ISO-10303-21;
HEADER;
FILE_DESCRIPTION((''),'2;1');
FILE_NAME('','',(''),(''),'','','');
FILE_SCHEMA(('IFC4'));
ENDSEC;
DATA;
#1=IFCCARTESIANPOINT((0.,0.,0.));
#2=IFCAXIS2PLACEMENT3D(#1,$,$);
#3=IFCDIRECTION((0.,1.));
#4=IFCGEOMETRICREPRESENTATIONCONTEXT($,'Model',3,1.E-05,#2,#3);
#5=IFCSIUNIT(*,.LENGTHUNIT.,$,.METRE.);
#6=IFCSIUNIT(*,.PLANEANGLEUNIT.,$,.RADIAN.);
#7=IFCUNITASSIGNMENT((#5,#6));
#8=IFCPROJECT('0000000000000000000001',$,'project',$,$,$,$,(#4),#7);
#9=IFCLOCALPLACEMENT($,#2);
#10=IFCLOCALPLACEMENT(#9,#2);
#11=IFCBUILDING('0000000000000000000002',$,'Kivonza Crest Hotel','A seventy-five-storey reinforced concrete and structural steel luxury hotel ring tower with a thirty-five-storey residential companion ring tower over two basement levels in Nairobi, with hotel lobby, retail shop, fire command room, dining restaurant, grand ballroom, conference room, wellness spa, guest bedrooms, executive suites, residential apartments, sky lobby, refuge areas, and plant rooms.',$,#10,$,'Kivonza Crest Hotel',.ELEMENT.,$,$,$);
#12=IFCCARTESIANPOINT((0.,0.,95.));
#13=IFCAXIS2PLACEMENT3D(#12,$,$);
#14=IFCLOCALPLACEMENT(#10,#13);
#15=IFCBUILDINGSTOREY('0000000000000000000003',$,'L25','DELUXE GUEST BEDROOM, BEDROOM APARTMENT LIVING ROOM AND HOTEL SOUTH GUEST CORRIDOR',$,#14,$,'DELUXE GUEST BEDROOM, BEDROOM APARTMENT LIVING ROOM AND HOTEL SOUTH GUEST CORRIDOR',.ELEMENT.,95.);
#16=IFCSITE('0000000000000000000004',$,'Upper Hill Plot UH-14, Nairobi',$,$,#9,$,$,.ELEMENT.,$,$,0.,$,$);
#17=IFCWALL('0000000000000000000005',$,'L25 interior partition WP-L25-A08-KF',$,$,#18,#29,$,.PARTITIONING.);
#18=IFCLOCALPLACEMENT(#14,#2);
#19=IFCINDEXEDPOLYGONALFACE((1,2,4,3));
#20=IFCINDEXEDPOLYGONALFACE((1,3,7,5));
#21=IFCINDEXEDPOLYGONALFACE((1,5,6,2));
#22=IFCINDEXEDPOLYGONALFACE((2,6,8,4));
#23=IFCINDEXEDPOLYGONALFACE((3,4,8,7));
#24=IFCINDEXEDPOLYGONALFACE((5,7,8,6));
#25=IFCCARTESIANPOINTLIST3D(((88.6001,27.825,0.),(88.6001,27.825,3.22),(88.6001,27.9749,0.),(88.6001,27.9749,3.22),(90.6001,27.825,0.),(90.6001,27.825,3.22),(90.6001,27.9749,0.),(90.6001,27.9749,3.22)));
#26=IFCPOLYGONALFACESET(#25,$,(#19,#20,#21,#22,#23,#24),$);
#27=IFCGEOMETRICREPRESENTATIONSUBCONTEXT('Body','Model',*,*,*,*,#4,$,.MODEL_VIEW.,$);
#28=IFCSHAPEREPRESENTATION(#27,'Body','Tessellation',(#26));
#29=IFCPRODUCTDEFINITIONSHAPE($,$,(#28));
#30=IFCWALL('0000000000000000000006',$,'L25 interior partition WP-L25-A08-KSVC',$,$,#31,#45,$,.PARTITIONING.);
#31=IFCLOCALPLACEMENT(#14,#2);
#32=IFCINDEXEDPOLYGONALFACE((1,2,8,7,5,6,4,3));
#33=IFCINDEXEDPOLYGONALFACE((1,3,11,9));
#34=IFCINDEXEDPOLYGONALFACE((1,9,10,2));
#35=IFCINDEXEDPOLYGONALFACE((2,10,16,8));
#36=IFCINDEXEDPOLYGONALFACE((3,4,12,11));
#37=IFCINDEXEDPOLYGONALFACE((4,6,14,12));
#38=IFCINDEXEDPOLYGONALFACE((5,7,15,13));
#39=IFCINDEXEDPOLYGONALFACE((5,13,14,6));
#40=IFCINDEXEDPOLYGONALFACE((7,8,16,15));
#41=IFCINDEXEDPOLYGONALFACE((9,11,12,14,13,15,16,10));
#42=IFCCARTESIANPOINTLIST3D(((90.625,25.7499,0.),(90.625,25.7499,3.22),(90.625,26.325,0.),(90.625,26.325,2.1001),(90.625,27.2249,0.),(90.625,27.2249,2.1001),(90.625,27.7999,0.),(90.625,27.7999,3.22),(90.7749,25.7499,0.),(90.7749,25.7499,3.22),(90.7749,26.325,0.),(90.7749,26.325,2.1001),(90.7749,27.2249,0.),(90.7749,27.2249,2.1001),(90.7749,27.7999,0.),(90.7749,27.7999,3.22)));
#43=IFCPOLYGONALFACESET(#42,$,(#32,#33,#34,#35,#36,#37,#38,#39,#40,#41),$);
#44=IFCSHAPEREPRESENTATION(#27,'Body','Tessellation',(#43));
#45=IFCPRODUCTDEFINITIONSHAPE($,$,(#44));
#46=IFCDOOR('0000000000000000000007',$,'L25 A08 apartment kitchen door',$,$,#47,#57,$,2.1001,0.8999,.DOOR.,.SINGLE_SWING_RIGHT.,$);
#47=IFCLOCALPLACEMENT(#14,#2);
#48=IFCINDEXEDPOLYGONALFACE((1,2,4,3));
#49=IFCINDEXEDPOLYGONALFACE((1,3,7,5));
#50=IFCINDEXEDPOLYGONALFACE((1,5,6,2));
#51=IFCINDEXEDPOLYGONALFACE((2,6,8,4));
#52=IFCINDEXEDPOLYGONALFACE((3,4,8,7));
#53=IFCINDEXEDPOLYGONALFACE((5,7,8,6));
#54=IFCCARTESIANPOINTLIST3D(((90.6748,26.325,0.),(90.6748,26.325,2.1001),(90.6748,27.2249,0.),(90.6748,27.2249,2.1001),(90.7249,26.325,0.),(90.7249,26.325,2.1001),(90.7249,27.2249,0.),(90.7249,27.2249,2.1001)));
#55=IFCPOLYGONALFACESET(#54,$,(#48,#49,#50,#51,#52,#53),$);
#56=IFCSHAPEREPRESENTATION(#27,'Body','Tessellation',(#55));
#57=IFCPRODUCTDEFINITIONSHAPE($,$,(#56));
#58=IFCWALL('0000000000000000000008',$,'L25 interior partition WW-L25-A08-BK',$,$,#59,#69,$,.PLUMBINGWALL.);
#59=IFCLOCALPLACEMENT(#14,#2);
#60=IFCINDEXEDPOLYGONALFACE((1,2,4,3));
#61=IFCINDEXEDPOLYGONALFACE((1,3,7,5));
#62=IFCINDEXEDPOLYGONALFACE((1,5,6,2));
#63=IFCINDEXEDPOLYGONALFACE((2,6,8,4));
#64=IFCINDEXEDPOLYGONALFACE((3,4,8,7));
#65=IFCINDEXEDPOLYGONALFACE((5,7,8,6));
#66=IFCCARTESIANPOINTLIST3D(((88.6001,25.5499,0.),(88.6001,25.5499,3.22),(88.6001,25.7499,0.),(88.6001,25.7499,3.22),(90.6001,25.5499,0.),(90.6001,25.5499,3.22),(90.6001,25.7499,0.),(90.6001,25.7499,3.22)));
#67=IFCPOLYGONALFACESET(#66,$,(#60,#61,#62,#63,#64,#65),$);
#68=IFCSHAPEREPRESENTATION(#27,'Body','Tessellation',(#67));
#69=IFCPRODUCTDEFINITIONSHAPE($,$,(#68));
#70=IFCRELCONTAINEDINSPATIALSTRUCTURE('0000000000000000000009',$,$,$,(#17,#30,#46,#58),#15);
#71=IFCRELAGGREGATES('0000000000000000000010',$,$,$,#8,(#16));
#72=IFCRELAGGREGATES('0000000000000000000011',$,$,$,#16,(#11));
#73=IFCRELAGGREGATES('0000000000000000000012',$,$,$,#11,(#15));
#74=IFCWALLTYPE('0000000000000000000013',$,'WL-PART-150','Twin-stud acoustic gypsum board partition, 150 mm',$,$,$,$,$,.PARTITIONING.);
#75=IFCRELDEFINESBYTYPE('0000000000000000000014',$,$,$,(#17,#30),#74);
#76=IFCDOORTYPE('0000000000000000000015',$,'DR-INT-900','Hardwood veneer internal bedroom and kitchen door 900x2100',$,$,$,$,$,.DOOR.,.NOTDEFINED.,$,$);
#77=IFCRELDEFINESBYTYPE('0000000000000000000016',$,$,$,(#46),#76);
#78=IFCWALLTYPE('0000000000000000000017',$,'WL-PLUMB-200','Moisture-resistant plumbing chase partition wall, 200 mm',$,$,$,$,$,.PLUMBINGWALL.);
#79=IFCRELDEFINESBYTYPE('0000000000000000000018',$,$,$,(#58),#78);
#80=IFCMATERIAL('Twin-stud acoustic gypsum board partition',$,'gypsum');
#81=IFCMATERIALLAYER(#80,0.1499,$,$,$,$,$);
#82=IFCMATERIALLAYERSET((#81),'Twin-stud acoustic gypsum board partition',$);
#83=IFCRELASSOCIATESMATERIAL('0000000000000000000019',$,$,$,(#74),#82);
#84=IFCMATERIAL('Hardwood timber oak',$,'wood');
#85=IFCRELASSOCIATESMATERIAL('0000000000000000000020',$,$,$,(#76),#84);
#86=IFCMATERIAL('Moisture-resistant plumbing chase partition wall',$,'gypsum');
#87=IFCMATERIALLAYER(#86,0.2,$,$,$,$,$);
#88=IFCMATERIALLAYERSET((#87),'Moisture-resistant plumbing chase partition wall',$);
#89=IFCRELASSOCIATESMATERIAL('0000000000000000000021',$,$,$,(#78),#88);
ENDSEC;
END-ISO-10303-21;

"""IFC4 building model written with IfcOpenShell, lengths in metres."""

from ifc_helpers import new_model, si_unit, direction, frame, frame_2d, origin, place, context, subcontext, project, spatial, rectangle, extrude, material, layer, layer_set, type_object, element, fill, save


model = new_model("IFC4")

# Units and contexts
model_context = context("Model", 3, precision=1e-05, world=origin(), true_north=direction((0.0, 1.0)))
body_context = subcontext(model_context, "Body", "Model", "MODEL_VIEW")
ifc_project = project(units=[si_unit("LENGTHUNIT", "METRE"), si_unit("PLANEANGLEUNIT", "RADIAN")], contexts=[model_context])

# Site, building, storey
site_placement = place(None, origin())
site = spatial("IfcSite", under=ifc_project, at=site_placement, Name="Upper Hill Plot UH-14, Nairobi", CompositionType="ELEMENT", RefElevation=0.0)
building_placement = place(site_placement, origin())
building = spatial("IfcBuilding", under=site, at=building_placement, Name="Kivonza Crest Hotel", Description="A seventy-five-storey reinforced concrete and structural steel luxury hotel ring tower with a thirty-five-storey residential companion ring tower over two basement levels in Nairobi, with hotel lobby, retail shop, fire command room, dining restaurant, grand ballroom, conference room, wellness spa, guest bedrooms, executive suites, residential apartments, sky lobby, refuge areas, and plant rooms.", LongName="Kivonza Crest Hotel", CompositionType="ELEMENT")
storey_placement = place(building_placement, frame((0.0, 0.0, 95.0)))
storey = spatial("IfcBuildingStorey", under=building, at=storey_placement, Name="L25", Description="DELUXE GUEST BEDROOM, BEDROOM APARTMENT LIVING ROOM AND HOTEL SOUTH GUEST CORRIDOR", LongName="DELUXE GUEST BEDROOM, BEDROOM APARTMENT LIVING ROOM AND HOTEL SOUTH GUEST CORRIDOR", CompositionType="ELEMENT", Elevation=95.0)

# Shared definitions
ifc_material_1 = material(Name="Hardwood timber oak", Category="wood")

# Shared definitions
ifc_material_2 = material(Name="Twin-stud acoustic gypsum board partition", Category="gypsum")
ifc_layer_1 = layer(ifc_material_2, 0.1499)
ifc_layer_set_1 = layer_set([ifc_layer_1], Name="Twin-stud acoustic gypsum board partition")
wall_type_1 = type_object("IfcWallType", Name="WL-PART-150", Description="Twin-stud acoustic gypsum board partition, 150 mm", PredefinedType="PARTITIONING", material=ifc_layer_set_1)
door_type_1 = type_object("IfcDoorType", Name="DR-INT-900", Description="Hardwood veneer internal bedroom and kitchen door 900x2100", OperationType="NOTDEFINED", PredefinedType="DOOR", material=ifc_material_1)

# Wall
wall_1_placement = place(storey_placement, frame((88.6001, 27.8999, 0.0), z_axis=(0.0, 0.0, 1.0), x_axis=(1.0, 0.0, 0.0)))
element("IfcWall", 1, at=wall_1_placement, inside=storey, type_object=wall_type_1, Name="L25 interior partition WP-L25-A08-KF", PredefinedType="PARTITIONING", context=body_context, shape_type="SweptSolid", body=[
    extrude(rectangle(XDim=2.0, YDim=0.1499, at=frame_2d((1.0, 0.0))), origin(), (0.0, 0.0, 1.0), 3.22),
])

# Wall, opening, door
wall_2_placement = place(storey_placement, frame((90.7, 25.75, 0.0), z_axis=(0.0, 0.0, 1.0), x_axis=(0.0, 1.0, 0.0)))
wall_2 = element("IfcWall", 2, at=wall_2_placement, inside=storey, type_object=wall_type_1, Name="L25 interior partition WP-L25-A08-KSVC", PredefinedType="PARTITIONING", context=body_context, shape_type="SweptSolid", body=[
    extrude(rectangle(XDim=2.05, YDim=0.1499, at=frame_2d((1.0249, 0.0))), origin(), (0.0, 0.0, 1.0), 3.22),
])
opening_1_placement = place(wall_2_placement, frame((0.575, 0.0, 0.0)))
opening_1 = element("IfcOpeningElement", 3, at=opening_1_placement, cuts=wall_2, PredefinedType="OPENING", context=body_context, shape_type="SweptSolid", body=[
    extrude(rectangle(XDim=0.8999, YDim=2.1001, at=frame_2d((0.45, 1.05))), frame((0.0, 0.085, 0.0), z_axis=(0.0, -1.0, 0.0), x_axis=(1.0, 0.0, 0.0)), (0.0, 0.0, 1.0), 0.1699),
])
door_1_placement = place(opening_1_placement, frame((0.8999, 0.0, 0.0), z_axis=(0.0, 0.0, 1.0), x_axis=(-1.0, 0.0, 0.0)))
door_1 = element("IfcDoor", 4, at=door_1_placement, inside=storey, type_object=door_type_1, Name="L25 A08 apartment kitchen door", OperationType="SINGLE_SWING_RIGHT", OverallHeight=2.1001, OverallWidth=0.8999, PredefinedType="DOOR", context=body_context, shape_type="SweptSolid", body=[
    extrude(rectangle(XDim=0.8999, YDim=2.1001, at=frame_2d((0.45, 1.05))), frame((0.0, 0.0249, 0.0), z_axis=(0.0, -1.0, 0.0), x_axis=(1.0, 0.0, 0.0)), (0.0, 0.0, 1.0), 0.05),
])
fill(opening_1, door_1)

# Wall
ifc_material_3 = material(Name="Moisture-resistant plumbing chase partition wall", Category="gypsum")
ifc_layer_2 = layer(ifc_material_3, 0.2)
ifc_layer_set_2 = layer_set([ifc_layer_2], Name="Moisture-resistant plumbing chase partition wall")
wall_type_2 = type_object("IfcWallType", Name="WL-PLUMB-200", Description="Moisture-resistant plumbing chase partition wall, 200 mm", PredefinedType="PLUMBINGWALL", material=ifc_layer_set_2)
wall_3_placement = place(storey_placement, frame((88.6001, 25.6499, 0.0), z_axis=(0.0, 0.0, 1.0), x_axis=(1.0, 0.0, 0.0)))
element("IfcWall", 5, at=wall_3_placement, inside=storey, type_object=wall_type_2, Name="L25 interior partition WW-L25-A08-BK", PredefinedType="PLUMBINGWALL", context=body_context, shape_type="SweptSolid", body=[
    extrude(rectangle(XDim=2.0, YDim=0.2, at=frame_2d((1.0, 0.0))), origin(), (0.0, 0.0, 1.0), 3.22),
])

save(model, "model.ifc")
